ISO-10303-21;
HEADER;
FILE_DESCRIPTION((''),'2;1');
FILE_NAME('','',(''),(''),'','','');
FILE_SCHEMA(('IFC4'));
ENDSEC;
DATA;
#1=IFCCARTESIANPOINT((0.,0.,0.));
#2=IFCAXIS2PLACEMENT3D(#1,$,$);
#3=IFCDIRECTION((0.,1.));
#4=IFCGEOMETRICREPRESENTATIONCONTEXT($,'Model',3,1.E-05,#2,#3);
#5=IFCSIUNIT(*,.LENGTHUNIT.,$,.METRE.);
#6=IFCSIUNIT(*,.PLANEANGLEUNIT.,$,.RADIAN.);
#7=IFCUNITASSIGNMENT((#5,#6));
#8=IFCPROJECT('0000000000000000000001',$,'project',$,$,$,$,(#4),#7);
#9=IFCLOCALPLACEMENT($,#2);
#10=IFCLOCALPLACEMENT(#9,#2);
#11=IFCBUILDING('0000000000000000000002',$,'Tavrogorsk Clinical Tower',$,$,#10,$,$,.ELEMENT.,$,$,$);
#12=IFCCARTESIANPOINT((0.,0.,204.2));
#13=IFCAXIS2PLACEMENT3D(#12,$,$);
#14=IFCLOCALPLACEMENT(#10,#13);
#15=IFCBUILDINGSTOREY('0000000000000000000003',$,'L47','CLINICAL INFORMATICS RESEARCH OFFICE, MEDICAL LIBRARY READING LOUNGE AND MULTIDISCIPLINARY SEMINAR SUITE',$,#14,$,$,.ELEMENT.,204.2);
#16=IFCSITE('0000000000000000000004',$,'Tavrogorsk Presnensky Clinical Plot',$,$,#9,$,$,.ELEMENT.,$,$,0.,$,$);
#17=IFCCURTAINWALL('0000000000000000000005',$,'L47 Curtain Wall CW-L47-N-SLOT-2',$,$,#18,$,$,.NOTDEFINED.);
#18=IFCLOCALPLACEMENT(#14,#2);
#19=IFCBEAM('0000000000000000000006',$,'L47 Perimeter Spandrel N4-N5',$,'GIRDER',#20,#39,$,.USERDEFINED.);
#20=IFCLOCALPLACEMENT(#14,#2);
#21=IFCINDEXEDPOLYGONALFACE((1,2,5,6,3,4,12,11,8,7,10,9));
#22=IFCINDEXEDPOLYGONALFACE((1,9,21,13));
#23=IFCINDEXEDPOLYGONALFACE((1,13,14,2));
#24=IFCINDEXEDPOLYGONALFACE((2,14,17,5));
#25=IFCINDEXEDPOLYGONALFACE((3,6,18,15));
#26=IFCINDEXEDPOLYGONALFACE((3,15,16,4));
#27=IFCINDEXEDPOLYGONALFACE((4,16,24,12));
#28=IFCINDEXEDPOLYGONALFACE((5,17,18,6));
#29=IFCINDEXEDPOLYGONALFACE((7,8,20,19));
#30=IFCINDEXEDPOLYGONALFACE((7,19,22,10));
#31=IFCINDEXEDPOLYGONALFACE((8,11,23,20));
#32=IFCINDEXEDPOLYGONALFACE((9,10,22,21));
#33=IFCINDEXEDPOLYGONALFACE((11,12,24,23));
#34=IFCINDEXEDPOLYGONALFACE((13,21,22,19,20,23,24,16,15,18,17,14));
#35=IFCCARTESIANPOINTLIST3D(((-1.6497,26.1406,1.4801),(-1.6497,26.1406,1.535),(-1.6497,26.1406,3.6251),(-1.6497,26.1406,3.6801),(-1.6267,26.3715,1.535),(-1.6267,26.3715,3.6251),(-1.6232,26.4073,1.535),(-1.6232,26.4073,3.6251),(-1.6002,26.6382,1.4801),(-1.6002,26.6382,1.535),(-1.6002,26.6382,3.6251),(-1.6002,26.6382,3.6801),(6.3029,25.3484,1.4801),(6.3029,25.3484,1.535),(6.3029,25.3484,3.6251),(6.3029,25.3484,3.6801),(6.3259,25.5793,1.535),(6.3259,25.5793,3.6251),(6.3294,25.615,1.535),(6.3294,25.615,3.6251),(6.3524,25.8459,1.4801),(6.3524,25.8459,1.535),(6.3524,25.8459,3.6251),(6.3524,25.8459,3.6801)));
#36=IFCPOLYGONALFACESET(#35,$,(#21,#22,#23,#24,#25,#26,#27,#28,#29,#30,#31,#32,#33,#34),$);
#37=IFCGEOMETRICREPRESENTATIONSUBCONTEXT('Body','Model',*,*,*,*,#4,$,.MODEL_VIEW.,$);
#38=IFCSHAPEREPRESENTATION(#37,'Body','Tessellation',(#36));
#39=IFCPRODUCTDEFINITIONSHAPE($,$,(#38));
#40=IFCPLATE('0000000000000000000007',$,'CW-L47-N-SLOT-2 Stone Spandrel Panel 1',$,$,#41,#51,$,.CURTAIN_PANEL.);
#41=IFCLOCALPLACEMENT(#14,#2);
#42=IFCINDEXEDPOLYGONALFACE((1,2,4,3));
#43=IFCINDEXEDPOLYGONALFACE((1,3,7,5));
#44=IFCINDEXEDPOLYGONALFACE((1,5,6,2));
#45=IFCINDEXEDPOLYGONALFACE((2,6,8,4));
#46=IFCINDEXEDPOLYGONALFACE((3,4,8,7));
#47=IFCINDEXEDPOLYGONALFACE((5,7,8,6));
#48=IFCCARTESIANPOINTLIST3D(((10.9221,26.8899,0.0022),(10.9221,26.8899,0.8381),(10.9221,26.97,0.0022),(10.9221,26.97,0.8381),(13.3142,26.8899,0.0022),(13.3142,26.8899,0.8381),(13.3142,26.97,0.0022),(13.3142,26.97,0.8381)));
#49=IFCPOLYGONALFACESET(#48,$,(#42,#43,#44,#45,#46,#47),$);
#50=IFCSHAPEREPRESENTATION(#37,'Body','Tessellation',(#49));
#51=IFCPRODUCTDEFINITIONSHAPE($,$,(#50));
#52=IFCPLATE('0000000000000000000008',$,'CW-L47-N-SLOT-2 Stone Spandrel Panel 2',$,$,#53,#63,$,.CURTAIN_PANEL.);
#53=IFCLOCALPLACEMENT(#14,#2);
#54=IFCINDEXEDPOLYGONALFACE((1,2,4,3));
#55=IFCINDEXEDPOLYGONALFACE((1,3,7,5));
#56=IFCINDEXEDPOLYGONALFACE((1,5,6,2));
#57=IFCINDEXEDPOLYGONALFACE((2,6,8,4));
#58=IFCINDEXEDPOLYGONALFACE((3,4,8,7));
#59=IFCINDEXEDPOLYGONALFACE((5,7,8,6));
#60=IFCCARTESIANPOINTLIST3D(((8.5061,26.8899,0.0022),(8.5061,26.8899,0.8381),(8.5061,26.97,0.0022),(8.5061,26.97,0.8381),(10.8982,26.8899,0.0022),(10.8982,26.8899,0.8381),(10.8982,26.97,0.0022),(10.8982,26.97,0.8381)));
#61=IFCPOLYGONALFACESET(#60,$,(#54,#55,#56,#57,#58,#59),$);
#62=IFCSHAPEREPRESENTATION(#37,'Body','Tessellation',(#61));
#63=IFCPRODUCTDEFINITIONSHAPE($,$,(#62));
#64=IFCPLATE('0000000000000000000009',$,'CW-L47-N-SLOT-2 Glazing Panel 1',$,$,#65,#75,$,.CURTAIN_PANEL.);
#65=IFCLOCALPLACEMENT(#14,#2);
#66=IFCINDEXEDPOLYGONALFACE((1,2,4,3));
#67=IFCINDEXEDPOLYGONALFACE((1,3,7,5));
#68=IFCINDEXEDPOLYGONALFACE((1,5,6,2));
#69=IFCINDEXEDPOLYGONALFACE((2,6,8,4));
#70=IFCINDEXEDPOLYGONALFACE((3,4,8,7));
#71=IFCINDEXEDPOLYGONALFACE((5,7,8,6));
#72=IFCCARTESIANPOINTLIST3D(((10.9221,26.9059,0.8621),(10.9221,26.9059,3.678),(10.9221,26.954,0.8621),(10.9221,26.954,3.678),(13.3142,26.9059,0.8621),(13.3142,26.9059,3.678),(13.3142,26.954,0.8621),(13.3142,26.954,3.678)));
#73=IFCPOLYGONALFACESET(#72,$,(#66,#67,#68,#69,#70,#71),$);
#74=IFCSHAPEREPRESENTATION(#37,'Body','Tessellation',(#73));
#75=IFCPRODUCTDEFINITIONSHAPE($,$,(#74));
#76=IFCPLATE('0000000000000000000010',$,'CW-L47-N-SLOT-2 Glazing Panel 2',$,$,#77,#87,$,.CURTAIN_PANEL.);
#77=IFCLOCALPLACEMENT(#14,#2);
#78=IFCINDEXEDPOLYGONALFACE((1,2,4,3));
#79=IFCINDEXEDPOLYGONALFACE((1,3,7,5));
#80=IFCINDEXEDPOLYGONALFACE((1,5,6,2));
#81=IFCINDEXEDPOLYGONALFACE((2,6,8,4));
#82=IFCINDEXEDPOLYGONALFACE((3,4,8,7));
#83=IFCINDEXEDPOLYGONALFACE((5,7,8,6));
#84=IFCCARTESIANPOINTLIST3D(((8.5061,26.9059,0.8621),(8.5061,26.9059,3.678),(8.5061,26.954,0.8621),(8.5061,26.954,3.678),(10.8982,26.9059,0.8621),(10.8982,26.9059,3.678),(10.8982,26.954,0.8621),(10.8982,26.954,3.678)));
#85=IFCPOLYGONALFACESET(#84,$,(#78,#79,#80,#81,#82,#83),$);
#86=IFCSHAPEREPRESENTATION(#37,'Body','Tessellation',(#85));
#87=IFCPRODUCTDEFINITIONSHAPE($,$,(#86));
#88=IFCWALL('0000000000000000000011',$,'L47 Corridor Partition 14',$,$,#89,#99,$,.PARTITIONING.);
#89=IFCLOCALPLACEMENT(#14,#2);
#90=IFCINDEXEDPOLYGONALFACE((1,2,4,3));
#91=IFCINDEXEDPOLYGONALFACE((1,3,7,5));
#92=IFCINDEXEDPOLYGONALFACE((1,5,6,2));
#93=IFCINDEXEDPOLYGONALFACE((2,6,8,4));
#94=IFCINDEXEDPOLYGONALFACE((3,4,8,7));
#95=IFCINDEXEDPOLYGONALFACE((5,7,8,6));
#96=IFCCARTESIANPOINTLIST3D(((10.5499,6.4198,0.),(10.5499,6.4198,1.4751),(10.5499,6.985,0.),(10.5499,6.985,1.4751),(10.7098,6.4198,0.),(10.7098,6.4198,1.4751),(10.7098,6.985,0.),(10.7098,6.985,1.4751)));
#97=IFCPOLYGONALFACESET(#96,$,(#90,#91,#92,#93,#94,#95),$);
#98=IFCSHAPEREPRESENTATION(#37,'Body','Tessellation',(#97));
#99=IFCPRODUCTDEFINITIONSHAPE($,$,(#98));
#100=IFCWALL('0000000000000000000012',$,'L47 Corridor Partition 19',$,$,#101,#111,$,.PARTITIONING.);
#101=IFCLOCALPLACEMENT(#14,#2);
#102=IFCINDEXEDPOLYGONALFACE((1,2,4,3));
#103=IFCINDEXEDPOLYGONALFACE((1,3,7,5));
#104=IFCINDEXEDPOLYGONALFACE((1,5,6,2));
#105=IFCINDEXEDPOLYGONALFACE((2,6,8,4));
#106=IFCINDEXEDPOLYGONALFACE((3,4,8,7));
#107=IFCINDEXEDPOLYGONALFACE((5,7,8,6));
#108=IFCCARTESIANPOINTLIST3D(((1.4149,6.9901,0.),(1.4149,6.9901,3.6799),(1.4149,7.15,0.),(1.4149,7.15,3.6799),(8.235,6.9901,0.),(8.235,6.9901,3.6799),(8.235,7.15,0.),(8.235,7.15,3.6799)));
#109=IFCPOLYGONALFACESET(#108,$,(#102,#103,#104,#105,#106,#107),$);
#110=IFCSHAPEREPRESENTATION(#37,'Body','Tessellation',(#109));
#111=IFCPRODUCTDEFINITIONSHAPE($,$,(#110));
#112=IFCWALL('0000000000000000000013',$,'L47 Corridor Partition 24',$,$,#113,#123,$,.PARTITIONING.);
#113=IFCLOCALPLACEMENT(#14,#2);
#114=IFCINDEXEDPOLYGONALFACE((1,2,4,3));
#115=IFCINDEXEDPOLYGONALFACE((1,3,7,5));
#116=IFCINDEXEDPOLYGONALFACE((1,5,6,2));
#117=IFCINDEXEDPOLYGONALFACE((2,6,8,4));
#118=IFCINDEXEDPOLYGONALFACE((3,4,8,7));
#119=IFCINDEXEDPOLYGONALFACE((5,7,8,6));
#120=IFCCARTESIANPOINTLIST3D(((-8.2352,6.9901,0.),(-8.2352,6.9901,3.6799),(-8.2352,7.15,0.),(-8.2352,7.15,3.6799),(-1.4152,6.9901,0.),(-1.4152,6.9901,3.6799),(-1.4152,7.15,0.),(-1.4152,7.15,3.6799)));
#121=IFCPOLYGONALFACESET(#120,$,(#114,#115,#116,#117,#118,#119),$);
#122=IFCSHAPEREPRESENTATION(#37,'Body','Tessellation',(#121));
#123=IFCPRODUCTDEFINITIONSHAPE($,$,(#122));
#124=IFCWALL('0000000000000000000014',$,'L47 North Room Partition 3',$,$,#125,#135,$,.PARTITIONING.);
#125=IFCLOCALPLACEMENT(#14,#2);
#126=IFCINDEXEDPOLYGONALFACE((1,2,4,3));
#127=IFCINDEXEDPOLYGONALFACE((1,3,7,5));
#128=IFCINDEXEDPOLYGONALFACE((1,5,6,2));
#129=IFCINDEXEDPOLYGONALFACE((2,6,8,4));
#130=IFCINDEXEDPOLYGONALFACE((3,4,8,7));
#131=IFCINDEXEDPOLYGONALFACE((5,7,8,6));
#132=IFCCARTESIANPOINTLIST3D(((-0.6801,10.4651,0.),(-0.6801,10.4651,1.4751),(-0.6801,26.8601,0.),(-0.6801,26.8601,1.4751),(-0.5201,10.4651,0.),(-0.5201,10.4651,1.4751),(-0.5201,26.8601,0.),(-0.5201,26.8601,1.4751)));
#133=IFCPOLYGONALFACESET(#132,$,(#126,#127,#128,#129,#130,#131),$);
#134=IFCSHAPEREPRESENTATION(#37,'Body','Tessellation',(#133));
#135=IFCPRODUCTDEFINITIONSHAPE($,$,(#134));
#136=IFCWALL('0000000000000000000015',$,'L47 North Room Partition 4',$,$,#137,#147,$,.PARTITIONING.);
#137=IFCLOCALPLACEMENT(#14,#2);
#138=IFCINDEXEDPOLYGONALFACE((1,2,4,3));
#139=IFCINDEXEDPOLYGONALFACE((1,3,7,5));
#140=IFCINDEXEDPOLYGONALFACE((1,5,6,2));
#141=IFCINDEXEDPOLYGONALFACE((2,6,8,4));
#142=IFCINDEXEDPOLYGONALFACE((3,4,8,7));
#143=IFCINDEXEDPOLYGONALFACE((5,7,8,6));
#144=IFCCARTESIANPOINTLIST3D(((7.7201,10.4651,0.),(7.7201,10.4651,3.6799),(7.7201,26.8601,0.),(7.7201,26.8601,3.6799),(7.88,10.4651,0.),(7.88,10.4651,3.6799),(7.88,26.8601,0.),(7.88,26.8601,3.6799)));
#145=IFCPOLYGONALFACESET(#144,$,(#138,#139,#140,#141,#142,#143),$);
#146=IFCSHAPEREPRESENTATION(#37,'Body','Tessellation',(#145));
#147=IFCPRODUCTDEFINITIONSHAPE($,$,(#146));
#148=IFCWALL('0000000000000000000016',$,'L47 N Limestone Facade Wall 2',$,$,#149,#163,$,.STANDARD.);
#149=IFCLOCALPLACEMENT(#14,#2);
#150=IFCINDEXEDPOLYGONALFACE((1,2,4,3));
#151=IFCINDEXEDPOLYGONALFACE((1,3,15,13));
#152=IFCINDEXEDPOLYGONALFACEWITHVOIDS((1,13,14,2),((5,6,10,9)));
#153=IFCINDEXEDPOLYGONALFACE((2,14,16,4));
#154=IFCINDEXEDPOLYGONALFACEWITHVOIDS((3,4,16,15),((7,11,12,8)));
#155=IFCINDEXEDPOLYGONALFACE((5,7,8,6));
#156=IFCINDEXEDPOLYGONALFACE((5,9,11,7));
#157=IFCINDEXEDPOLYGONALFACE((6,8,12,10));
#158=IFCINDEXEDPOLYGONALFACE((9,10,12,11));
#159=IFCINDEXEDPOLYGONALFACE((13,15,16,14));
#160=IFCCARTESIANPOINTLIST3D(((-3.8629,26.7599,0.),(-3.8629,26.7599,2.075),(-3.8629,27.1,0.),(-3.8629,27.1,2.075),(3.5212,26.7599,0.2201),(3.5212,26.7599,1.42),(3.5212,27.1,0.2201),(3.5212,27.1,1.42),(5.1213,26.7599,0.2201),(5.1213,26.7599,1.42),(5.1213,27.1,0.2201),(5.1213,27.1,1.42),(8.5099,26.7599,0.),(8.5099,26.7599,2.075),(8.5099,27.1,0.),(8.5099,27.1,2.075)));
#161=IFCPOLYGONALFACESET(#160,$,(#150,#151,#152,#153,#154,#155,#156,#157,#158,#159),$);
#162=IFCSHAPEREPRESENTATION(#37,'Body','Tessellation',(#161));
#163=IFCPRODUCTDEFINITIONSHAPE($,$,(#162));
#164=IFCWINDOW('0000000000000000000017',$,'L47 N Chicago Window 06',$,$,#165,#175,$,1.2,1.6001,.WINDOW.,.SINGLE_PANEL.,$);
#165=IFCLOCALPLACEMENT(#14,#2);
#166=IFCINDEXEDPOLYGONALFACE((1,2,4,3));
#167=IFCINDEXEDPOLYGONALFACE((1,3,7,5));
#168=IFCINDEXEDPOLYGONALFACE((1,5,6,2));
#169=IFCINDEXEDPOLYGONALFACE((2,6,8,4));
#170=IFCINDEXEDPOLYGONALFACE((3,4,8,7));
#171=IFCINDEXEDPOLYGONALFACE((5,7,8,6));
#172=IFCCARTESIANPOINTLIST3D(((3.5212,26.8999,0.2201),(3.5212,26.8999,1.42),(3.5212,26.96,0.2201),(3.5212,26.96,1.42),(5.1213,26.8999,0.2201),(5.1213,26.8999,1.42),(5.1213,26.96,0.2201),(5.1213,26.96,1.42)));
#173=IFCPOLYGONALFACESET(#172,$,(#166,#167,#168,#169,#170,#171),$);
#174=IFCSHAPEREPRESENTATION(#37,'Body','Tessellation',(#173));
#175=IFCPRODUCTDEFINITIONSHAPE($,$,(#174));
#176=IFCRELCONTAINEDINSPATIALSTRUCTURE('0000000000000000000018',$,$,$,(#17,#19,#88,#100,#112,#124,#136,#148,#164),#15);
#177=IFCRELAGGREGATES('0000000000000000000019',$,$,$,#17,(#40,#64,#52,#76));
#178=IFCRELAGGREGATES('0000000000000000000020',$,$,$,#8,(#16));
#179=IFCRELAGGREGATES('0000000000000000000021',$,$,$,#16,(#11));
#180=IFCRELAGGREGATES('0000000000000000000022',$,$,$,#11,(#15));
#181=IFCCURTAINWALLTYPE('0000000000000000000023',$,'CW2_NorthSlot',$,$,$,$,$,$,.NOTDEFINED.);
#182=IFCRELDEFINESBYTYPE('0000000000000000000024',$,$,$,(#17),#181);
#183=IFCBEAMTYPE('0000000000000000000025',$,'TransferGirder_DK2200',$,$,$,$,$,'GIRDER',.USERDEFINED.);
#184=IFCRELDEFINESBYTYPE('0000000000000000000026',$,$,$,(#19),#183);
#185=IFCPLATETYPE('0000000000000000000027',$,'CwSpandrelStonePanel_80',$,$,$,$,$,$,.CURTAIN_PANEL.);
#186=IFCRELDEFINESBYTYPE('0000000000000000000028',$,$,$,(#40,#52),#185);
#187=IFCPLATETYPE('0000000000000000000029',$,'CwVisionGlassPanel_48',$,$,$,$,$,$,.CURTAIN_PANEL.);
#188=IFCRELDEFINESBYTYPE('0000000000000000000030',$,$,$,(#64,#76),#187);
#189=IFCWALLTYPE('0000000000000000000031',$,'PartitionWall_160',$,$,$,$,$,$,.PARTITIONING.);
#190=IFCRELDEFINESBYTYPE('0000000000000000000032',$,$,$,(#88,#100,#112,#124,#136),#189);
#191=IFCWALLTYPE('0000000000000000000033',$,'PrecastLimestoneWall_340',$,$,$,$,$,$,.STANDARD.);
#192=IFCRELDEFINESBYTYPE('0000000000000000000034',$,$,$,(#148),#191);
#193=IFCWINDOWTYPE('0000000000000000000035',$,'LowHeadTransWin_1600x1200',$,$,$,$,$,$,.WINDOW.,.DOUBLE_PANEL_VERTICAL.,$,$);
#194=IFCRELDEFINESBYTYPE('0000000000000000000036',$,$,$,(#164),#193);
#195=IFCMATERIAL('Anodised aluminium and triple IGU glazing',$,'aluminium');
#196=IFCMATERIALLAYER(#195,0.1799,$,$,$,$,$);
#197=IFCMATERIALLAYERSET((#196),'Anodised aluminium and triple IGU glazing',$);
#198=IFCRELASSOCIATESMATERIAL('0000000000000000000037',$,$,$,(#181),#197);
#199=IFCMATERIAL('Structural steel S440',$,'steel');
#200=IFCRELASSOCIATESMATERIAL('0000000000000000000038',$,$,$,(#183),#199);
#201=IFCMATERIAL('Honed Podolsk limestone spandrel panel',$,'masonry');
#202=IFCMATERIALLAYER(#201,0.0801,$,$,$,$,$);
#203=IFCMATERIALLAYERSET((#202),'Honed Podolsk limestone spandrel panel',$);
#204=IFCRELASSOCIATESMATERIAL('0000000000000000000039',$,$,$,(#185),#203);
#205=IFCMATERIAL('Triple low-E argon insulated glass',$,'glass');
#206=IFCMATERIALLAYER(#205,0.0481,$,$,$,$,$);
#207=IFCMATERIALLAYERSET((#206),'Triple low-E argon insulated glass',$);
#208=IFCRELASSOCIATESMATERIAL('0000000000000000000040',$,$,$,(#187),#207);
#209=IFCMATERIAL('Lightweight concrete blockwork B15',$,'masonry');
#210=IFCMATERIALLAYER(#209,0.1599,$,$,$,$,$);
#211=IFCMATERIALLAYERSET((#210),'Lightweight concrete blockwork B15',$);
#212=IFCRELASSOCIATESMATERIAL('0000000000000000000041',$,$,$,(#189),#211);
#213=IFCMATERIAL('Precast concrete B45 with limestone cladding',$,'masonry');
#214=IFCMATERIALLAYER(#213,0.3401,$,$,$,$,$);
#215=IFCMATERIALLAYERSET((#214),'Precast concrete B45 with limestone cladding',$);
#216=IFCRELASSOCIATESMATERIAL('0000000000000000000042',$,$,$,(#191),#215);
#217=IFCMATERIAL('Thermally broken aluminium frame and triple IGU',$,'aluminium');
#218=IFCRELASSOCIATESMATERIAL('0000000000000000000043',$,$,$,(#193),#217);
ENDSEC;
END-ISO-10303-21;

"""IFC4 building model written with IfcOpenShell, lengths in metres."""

from ifc_helpers import new_model, si_unit, direction, frame, frame_2d, origin, origin_2d, place, context, subcontext, project, spatial, rectangle, i_section, extrude, material, layer, layer_set, material_profile, profile_set, type_object, element, fill, aggregate, save


model = new_model("IFC4")

# Units and contexts
model_context = context("Model", 3, precision=1e-05, world=origin(), true_north=direction((0.0, 1.0)))
body_context = subcontext(model_context, "Body", "Model", "MODEL_VIEW")
ifc_project = project(units=[si_unit("LENGTHUNIT", "METRE"), si_unit("PLANEANGLEUNIT", "RADIAN")], contexts=[model_context])

# Site, building, storey
site_placement = place(None, origin())
site = spatial("IfcSite", under=ifc_project, at=site_placement, Name="Tavrogorsk Presnensky Clinical Plot", CompositionType="ELEMENT", RefElevation=0.0)
building_placement = place(site_placement, origin())
building = spatial("IfcBuilding", under=site, at=building_placement, Name="Tavrogorsk Clinical Tower", CompositionType="ELEMENT")
storey_placement = place(building_placement, frame((0.0, 0.0, 204.2)))
storey = spatial("IfcBuildingStorey", under=building, at=storey_placement, Name="L47", Description="CLINICAL INFORMATICS RESEARCH OFFICE, MEDICAL LIBRARY READING LOUNGE AND MULTIDISCIPLINARY SEMINAR SUITE", CompositionType="ELEMENT", Elevation=204.2)

# Curtain wall
ifc_material_1 = material(Name="Anodised aluminium and triple IGU glazing", Category="aluminium")
ifc_layer_1 = layer(ifc_material_1, 0.1799)
ifc_layer_set_1 = layer_set([ifc_layer_1], Name="Anodised aluminium and triple IGU glazing")
curtain_wall_type = type_object("IfcCurtainWallType", Name="CW2_NorthSlot", PredefinedType="NOTDEFINED", material=ifc_layer_set_1)
curtain_wall_placement = place(storey_placement, origin())
curtain_wall = element("IfcCurtainWall", 1, at=curtain_wall_placement, inside=storey, type_object=curtain_wall_type, Name="L47 Curtain Wall CW-L47-N-SLOT-2", PredefinedType="NOTDEFINED")

# Beam
ifc_material_2 = material(Name="Structural steel S440", Category="steel")
ifc_material_profile_1 = material_profile(ifc_material_2, i_section(OverallWidth=0.5, OverallDepth=2.2, WebThickness=0.0359, FlangeThickness=0.0549, at=origin_2d()), Name="DK-2200x500x36x55")
ifc_profile_set_1 = profile_set([ifc_material_profile_1], Name="Structural steel S440")
beam_type_1 = type_object("IfcBeamType", Name="TransferGirder_DK2200", ElementType="GIRDER", PredefinedType="USERDEFINED", material=ifc_profile_set_1)
beam_1_placement = place(storey_placement, frame((6.3276, 25.5972, 2.5801), z_axis=(-0.995075, 0.099129, 0.0), x_axis=(-0.099129, -0.995075, 0.0)))
element("IfcBeam", 2, at=beam_1_placement, inside=storey, type_object=beam_type_1, Name="L47 Perimeter Spandrel N4-N5", ObjectType="GIRDER", PredefinedType="USERDEFINED", context=body_context, shape_type="SweptSolid", body=[
    extrude(i_section(OverallWidth=0.5, OverallDepth=2.2, WebThickness=0.0359, FlangeThickness=0.0549, at=origin_2d()), origin(), (0.0, 0.0, 1.0), 7.9919),
])

# Plates
ifc_material_3 = material(Name="Honed Podolsk limestone spandrel panel", Category="masonry")
ifc_layer_2 = layer(ifc_material_3, 0.0801)
ifc_layer_set_2 = layer_set([ifc_layer_2], Name="Honed Podolsk limestone spandrel panel")
plate_type_1 = type_object("IfcPlateType", Name="CwSpandrelStonePanel_80", PredefinedType="CURTAIN_PANEL", material=ifc_layer_set_2)
plate_1_placement = place(storey_placement, frame((12.1182, 26.9299, 0.0022), z_axis=(0.0, 0.0, 1.0), x_axis=(-1.0, 0.0, 0.0)))
plate_1 = element("IfcPlate", 3, at=plate_1_placement, type_object=plate_type_1, Name="CW-L47-N-SLOT-2 Stone Spandrel Panel 1", PredefinedType="CURTAIN_PANEL", context=body_context, shape_type="SweptSolid", body=[
    extrude(rectangle(XDim=2.3921, YDim=0.0801, at=origin_2d()), origin(), (0.0, 0.0, 1.0), 0.8359),
])
plate_2_placement = place(storey_placement, frame((9.7021, 26.9299, 0.0022), z_axis=(0.0, 0.0, 1.0), x_axis=(-1.0, 0.0, 0.0)))
plate_2 = element("IfcPlate", 4, at=plate_2_placement, type_object=plate_type_1, Name="CW-L47-N-SLOT-2 Stone Spandrel Panel 2", PredefinedType="CURTAIN_PANEL", context=body_context, shape_type="SweptSolid", body=[
    extrude(rectangle(XDim=2.3921, YDim=0.0801, at=origin_2d()), origin(), (0.0, 0.0, 1.0), 0.8359),
])
ifc_material_4 = material(Name="Triple low-E argon insulated glass", Category="glass")
ifc_layer_3 = layer(ifc_material_4, 0.0481)
ifc_layer_set_3 = layer_set([ifc_layer_3], Name="Triple low-E argon insulated glass")
plate_type_2 = type_object("IfcPlateType", Name="CwVisionGlassPanel_48", PredefinedType="CURTAIN_PANEL", material=ifc_layer_set_3)
plate_3_placement = place(storey_placement, frame((12.1182, 26.9299, 0.8621), z_axis=(0.0, 0.0, 1.0), x_axis=(-1.0, 0.0, 0.0)))
plate_3 = element("IfcPlate", 5, at=plate_3_placement, type_object=plate_type_2, Name="CW-L47-N-SLOT-2 Glazing Panel 1", PredefinedType="CURTAIN_PANEL", context=body_context, shape_type="SweptSolid", body=[
    extrude(rectangle(XDim=2.3921, YDim=0.0481, at=origin_2d()), origin(), (0.0, 0.0, 1.0), 2.8159),
])
plate_4_placement = place(storey_placement, frame((9.7021, 26.9299, 0.8621), z_axis=(0.0, 0.0, 1.0), x_axis=(-1.0, 0.0, 0.0)))
plate_4 = element("IfcPlate", 6, at=plate_4_placement, type_object=plate_type_2, Name="CW-L47-N-SLOT-2 Glazing Panel 2", PredefinedType="CURTAIN_PANEL", context=body_context, shape_type="SweptSolid", body=[
    extrude(rectangle(XDim=2.3921, YDim=0.0481, at=origin_2d()), origin(), (0.0, 0.0, 1.0), 2.8159),
])
aggregate(curtain_wall, [plate_1, plate_3, plate_2, plate_4])

# Walls
ifc_material_5 = material(Name="Lightweight concrete blockwork B15", Category="masonry")
ifc_layer_4 = layer(ifc_material_5, 0.1599)
ifc_layer_set_4 = layer_set([ifc_layer_4], Name="Lightweight concrete blockwork B15")
wall_type_1 = type_object("IfcWallType", Name="PartitionWall_160", PredefinedType="PARTITIONING", material=ifc_layer_set_4)
wall_1_placement = place(storey_placement, frame((10.6299, 6.9851, 0.0), z_axis=(0.0, 0.0, 1.0), x_axis=(0.0, -1.0, 0.0)))
element("IfcWall", 7, at=wall_1_placement, inside=storey, type_object=wall_type_1, Name="L47 Corridor Partition 14", PredefinedType="PARTITIONING", context=body_context, shape_type="SweptSolid", body=[
    extrude(rectangle(XDim=0.5652, YDim=0.1599, at=frame_2d((0.2827, 0.0))), origin(), (0.0, 0.0, 1.0), 1.4751),
])
for number, where, z_axis, x_axis, name in (
    (8, (8.2351, 7.0701, 0.0), (0.0, 0.0, 1.0), (-1.0, 0.0, 0.0), "L47 Corridor Partition 19"),
    (9, (-1.415, 7.0701, 0.0), (0.0, 0.0, 1.0), (-1.0, 0.0, 0.0), "L47 Corridor Partition 24"),
):
    element("IfcWall", number, at=place(storey_placement, frame(where, z_axis=z_axis, x_axis=x_axis)), inside=storey, type_object=wall_type_1, Name=name, PredefinedType="PARTITIONING", context=body_context, shape_type="SweptSolid", body=[
        extrude(rectangle(XDim=6.8201, YDim=0.1599, at=frame_2d((3.4102, 0.0))), origin(), (0.0, 0.0, 1.0), 3.6799),
    ])
wall_2_placement = place(storey_placement, frame((-0.6001, 10.4651, 0.0), z_axis=(0.0, 0.0, 1.0), x_axis=(0.0, 1.0, 0.0)))
element("IfcWall", 10, at=wall_2_placement, inside=storey, type_object=wall_type_1, Name="L47 North Room Partition 3", PredefinedType="PARTITIONING", context=body_context, shape_type="SweptSolid", body=[
    extrude(rectangle(XDim=16.395, YDim=0.1599, at=frame_2d((8.1975, 0.0))), origin(), (0.0, 0.0, 1.0), 1.4751),
])
wall_3_placement = place(storey_placement, frame((7.8, 10.4651, 0.0), z_axis=(0.0, 0.0, 1.0), x_axis=(0.0, 1.0, 0.0)))
element("IfcWall", 11, at=wall_3_placement, inside=storey, type_object=wall_type_1, Name="L47 North Room Partition 4", PredefinedType="PARTITIONING", context=body_context, shape_type="SweptSolid", body=[
    extrude(rectangle(XDim=16.395, YDim=0.1599, at=frame_2d((8.1975, 0.0))), origin(), (0.0, 0.0, 1.0), 3.6799),
])

# Wall, opening, window
ifc_material_6 = material(Name="Precast concrete B45 with limestone cladding", Category="masonry")
ifc_layer_5 = layer(ifc_material_6, 0.3401)
ifc_layer_set_5 = layer_set([ifc_layer_5], Name="Precast concrete B45 with limestone cladding")
wall_type_2 = type_object("IfcWallType", Name="PrecastLimestoneWall_340", PredefinedType="STANDARD", material=ifc_layer_set_5)
wall_4_placement = place(storey_placement, frame((8.51, 26.9299, 0.0), z_axis=(0.0, 0.0, 1.0), x_axis=(-1.0, 0.0, 0.0)))
wall_4 = element("IfcWall", 12, at=wall_4_placement, inside=storey, type_object=wall_type_2, Name="L47 N Limestone Facade Wall 2", PredefinedType="STANDARD", context=body_context, shape_type="SweptSolid", body=[
    extrude(rectangle(XDim=12.3728, YDim=0.3401, at=frame_2d((6.1865, 0.0))), origin(), (0.0, 0.0, 1.0), 2.075),
])
opening_placement = place(wall_4_placement, frame((3.3887, 0.0, 0.22)))
opening = element("IfcOpeningElement", 13, at=opening_placement, cuts=wall_4, PredefinedType="OPENING", context=body_context, shape_type="SweptSolid", body=[
    extrude(rectangle(XDim=1.6001, YDim=1.2, at=frame_2d((0.8, 0.6001))), frame((0.0, 0.1799, 0.0), z_axis=(0.0, -1.0, 0.0), x_axis=(1.0, 0.0, 0.0)), (0.0, 0.0, 1.0), 0.3601),
])
ifc_material_7 = material(Name="Thermally broken aluminium frame and triple IGU", Category="aluminium")
window_type = type_object("IfcWindowType", Name="LowHeadTransWin_1600x1200", PartitioningType="DOUBLE_PANEL_VERTICAL", PredefinedType="WINDOW", material=ifc_material_7)
window_placement = place(opening_placement, origin())
window = element("IfcWindow", 14, at=window_placement, inside=storey, type_object=window_type, Name="L47 N Chicago Window 06", OverallHeight=1.2, OverallWidth=1.6001, PartitioningType="SINGLE_PANEL", PredefinedType="WINDOW", context=body_context, shape_type="SweptSolid", body=[
    extrude(rectangle(XDim=1.6001, YDim=1.2, at=frame_2d((0.8, 0.6001))), frame((0.0, 0.03, 0.0), z_axis=(0.0, -1.0, 0.0), x_axis=(1.0, 0.0, 0.0)), (0.0, 0.0, 1.0), 0.0601),
])
fill(opening, window)

save(model, "model.ifc")
